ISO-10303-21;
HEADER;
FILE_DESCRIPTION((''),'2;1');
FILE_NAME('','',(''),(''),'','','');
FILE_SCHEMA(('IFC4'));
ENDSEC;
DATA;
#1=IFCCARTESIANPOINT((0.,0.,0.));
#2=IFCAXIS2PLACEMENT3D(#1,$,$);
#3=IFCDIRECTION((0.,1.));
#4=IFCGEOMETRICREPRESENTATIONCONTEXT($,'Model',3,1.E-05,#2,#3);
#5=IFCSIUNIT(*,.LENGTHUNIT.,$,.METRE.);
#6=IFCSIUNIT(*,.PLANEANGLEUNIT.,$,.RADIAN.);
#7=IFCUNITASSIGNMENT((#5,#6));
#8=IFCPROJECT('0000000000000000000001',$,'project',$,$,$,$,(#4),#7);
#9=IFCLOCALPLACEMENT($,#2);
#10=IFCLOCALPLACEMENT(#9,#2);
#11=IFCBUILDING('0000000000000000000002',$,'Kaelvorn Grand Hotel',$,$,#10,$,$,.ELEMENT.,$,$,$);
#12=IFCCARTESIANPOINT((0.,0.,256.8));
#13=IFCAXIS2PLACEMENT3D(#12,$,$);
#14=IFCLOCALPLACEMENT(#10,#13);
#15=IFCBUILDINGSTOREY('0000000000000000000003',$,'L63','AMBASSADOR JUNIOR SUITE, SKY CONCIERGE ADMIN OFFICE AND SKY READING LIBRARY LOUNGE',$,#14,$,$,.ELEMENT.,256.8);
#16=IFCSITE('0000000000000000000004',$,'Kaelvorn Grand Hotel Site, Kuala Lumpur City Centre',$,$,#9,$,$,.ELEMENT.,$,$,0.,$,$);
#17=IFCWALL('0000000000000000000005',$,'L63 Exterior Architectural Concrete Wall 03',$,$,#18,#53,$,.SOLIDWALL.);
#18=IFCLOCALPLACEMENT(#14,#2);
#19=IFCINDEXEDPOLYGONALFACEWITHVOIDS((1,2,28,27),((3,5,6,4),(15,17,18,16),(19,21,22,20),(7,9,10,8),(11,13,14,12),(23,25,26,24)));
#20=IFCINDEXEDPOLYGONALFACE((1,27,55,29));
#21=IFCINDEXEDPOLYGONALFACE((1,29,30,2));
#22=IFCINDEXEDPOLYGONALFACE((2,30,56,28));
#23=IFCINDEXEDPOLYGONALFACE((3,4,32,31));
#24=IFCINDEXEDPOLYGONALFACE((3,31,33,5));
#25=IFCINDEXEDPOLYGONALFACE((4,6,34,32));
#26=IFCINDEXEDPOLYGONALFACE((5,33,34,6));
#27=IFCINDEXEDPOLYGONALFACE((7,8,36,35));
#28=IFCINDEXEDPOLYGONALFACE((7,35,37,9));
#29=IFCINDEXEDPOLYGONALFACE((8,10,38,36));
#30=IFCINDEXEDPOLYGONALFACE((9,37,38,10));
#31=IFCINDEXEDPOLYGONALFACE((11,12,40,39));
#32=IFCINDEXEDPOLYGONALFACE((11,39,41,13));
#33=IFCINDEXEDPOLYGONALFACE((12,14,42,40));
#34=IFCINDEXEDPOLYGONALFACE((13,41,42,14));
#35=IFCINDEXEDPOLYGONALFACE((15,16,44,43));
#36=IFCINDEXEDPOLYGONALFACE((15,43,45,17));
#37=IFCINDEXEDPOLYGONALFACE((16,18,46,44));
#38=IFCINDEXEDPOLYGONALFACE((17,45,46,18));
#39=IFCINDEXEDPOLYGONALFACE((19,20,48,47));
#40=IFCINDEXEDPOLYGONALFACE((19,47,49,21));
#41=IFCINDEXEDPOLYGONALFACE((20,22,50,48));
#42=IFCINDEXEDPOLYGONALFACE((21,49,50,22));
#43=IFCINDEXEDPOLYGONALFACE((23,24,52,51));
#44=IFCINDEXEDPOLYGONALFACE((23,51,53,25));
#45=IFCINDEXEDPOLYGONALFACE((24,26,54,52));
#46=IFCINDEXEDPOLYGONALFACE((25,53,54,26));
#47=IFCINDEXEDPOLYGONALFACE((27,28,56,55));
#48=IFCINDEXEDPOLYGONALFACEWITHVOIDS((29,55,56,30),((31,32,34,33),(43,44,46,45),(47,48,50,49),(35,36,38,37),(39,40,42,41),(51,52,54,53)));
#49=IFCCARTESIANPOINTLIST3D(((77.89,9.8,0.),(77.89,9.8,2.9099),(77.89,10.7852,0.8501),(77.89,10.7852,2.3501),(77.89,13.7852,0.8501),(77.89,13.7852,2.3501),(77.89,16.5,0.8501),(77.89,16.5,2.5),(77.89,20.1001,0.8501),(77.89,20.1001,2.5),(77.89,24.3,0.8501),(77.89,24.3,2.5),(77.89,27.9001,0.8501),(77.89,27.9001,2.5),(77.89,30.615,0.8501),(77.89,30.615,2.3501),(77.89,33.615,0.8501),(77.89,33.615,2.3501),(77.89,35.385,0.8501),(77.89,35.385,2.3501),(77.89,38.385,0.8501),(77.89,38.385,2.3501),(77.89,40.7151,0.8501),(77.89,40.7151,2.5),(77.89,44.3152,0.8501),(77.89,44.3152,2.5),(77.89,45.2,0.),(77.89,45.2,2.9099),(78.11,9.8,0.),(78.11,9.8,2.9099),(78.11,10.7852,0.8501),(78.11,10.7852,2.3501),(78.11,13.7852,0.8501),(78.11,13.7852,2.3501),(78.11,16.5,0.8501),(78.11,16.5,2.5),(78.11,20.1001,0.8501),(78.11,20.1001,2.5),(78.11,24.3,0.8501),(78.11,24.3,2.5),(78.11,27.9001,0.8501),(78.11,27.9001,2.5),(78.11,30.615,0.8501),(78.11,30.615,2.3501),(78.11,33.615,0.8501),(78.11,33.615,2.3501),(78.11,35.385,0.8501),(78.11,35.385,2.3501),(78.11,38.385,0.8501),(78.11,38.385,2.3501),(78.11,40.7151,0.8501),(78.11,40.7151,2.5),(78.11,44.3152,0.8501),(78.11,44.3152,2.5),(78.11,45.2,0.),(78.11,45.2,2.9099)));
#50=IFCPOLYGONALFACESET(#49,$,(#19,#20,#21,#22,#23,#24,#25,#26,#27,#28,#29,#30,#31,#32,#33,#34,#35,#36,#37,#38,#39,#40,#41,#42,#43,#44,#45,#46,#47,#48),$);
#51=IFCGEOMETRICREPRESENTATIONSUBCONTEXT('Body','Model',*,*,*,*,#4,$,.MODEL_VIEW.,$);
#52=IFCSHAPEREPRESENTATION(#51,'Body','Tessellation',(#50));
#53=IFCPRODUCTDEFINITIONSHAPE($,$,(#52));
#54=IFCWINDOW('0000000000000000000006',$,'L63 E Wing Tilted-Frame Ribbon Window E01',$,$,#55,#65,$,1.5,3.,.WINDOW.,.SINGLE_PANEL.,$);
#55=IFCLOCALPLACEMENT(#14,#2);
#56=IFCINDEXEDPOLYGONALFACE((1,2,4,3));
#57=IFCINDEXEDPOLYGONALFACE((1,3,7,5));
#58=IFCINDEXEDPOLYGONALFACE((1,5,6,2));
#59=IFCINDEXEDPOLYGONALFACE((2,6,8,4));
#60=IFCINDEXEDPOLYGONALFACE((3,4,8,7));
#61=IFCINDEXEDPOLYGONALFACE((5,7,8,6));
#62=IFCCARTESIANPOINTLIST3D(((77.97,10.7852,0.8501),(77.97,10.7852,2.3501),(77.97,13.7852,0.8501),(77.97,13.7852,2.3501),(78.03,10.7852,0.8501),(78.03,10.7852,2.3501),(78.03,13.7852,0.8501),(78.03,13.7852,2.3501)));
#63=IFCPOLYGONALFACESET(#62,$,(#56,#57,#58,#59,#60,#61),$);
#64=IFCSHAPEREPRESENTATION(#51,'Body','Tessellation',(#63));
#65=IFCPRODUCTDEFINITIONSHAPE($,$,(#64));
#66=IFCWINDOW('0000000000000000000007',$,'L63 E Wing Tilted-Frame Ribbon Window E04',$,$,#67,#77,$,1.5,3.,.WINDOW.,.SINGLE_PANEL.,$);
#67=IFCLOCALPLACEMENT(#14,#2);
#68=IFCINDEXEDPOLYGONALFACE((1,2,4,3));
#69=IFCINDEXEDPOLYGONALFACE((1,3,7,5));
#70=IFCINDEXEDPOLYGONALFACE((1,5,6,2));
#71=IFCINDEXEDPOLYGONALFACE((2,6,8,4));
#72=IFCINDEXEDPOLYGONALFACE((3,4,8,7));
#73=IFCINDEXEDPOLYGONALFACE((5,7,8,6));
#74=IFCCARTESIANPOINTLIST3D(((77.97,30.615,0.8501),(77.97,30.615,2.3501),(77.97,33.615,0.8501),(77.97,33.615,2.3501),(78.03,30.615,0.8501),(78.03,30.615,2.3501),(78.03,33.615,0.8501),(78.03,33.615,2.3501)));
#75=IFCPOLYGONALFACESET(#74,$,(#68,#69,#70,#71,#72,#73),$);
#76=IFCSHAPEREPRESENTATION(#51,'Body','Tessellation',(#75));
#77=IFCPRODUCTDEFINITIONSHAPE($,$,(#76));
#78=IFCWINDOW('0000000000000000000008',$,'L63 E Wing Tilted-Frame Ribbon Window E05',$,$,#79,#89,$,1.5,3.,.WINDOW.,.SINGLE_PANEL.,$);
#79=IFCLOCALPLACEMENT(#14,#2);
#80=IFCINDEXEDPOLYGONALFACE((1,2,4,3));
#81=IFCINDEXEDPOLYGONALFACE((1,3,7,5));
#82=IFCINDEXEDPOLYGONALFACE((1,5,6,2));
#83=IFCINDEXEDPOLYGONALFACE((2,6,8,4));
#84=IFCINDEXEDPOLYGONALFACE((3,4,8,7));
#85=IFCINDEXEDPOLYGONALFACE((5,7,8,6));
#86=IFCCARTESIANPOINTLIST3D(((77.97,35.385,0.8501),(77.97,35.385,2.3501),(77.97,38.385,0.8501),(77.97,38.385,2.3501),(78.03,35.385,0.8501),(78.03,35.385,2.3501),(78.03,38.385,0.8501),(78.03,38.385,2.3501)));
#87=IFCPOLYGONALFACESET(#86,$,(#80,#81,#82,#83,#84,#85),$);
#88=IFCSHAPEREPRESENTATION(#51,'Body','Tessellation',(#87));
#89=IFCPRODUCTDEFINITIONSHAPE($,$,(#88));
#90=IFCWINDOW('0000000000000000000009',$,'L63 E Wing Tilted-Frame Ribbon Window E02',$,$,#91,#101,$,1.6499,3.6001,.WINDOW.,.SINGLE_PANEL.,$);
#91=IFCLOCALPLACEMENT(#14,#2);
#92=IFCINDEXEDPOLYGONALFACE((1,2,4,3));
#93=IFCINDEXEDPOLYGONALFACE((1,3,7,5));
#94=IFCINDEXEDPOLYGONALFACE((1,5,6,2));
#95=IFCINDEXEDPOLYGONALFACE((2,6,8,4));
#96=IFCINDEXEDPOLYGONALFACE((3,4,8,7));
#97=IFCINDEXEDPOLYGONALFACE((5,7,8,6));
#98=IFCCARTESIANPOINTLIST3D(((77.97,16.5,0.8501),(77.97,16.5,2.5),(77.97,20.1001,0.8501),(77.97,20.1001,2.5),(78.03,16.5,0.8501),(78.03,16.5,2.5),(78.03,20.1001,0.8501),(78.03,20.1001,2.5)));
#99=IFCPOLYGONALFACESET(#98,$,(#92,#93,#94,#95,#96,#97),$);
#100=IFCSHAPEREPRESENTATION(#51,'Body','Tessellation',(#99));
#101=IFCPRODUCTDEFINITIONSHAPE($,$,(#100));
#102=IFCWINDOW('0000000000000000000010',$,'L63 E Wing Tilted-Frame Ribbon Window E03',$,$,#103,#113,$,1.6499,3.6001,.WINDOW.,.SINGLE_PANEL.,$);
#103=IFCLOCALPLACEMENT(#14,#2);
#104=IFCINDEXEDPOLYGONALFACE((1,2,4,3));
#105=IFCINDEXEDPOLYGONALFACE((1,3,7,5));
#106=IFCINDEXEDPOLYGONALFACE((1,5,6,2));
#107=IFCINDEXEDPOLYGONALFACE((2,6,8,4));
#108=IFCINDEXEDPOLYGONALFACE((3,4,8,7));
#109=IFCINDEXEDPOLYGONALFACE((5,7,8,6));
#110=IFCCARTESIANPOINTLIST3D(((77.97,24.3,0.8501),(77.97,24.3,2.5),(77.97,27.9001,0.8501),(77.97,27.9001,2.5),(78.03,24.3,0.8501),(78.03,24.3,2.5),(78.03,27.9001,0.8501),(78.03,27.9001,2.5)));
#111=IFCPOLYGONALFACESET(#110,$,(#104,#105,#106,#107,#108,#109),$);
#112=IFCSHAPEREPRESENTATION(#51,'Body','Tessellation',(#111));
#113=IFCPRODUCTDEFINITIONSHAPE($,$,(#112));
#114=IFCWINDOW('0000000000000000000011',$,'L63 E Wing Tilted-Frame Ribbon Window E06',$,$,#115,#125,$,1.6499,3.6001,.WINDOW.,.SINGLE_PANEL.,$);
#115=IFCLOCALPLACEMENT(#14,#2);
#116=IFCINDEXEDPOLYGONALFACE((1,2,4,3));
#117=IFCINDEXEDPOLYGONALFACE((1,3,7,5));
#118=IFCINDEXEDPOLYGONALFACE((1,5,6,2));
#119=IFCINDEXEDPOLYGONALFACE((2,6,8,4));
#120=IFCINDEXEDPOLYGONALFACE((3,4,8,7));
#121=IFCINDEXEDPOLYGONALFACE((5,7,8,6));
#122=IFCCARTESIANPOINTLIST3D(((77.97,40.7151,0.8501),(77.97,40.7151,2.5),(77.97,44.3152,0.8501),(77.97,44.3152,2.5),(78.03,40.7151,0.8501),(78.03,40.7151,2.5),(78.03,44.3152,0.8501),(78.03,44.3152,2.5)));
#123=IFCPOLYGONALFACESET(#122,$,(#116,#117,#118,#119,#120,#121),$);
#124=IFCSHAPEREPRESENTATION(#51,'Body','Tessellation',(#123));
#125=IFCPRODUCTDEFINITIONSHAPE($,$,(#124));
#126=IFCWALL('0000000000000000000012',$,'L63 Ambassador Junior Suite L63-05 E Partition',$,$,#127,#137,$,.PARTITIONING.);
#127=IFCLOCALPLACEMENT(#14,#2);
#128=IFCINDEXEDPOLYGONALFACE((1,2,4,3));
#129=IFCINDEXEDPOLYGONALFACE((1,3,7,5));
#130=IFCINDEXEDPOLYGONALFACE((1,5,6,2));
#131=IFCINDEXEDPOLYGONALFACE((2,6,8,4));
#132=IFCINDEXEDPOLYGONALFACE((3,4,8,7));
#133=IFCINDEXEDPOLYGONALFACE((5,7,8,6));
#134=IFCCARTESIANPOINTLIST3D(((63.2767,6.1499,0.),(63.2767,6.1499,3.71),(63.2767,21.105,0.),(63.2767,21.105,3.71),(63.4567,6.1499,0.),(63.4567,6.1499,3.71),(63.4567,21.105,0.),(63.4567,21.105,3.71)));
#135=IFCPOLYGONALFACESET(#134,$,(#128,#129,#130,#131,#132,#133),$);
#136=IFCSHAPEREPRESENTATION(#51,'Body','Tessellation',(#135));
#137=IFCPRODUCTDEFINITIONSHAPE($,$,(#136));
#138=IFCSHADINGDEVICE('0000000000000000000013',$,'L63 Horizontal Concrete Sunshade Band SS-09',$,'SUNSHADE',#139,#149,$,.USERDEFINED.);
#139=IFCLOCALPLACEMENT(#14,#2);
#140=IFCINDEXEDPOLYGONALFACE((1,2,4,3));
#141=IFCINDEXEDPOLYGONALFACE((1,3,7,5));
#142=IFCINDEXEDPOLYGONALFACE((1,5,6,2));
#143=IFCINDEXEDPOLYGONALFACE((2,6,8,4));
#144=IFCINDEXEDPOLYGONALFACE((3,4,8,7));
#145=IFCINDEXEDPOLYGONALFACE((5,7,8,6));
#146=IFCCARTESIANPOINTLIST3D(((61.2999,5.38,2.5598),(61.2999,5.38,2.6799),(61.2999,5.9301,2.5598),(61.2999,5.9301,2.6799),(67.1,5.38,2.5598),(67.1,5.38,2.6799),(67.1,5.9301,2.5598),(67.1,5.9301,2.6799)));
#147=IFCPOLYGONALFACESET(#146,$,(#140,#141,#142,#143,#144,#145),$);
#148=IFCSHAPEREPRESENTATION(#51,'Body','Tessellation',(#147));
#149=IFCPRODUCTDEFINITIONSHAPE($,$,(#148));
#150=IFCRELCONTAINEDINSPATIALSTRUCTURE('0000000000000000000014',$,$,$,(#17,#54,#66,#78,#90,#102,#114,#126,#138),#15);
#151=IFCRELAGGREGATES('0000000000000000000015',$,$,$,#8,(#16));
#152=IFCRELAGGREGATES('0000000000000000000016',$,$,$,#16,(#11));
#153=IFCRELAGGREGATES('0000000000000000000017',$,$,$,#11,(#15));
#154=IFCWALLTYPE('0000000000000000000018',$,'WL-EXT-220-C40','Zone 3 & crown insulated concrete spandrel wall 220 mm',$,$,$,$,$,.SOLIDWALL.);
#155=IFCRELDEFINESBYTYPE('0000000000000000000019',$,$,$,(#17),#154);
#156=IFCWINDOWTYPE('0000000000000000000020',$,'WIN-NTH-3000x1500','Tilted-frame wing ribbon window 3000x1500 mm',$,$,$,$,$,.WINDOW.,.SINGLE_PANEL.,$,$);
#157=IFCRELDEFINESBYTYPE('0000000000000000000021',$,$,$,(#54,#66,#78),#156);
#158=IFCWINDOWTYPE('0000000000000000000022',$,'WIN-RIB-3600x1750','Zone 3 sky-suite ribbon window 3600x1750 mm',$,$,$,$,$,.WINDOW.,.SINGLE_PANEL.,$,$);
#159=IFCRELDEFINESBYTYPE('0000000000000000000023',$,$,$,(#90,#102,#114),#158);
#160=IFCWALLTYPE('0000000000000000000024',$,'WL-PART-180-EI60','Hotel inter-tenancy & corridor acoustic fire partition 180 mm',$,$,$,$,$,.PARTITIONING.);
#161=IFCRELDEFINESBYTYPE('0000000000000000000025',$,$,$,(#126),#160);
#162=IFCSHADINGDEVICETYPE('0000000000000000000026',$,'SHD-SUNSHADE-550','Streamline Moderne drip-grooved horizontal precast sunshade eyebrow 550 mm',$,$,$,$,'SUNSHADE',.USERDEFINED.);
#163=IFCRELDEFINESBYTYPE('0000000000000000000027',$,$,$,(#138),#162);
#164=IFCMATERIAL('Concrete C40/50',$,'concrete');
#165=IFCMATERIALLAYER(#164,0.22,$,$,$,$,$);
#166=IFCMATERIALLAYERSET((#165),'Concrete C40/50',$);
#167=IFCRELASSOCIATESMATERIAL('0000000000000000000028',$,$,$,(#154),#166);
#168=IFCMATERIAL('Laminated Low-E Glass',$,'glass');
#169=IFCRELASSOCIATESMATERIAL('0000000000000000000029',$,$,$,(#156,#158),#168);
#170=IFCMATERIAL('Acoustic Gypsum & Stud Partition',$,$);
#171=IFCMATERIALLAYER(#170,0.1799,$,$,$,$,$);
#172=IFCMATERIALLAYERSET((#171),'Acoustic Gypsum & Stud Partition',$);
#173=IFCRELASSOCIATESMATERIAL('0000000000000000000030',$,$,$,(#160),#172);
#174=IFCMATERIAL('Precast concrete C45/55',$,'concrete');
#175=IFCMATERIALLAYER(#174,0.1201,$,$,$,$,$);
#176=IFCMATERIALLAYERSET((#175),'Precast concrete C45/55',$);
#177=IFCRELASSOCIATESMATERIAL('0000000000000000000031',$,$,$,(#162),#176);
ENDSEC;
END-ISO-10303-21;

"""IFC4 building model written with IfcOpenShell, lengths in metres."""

from ifc_helpers import new_model, si_unit, direction, frame, frame_2d, origin, origin_2d, place, context, subcontext, project, spatial, rectangle, extrude, material, layer, layer_set, type_object, element, fill, save


model = new_model("IFC4")

# Units and contexts
model_context = context("Model", 3, precision=1e-05, world=origin(), true_north=direction((0.0, 1.0)))
body_context = subcontext(model_context, "Body", "Model", "MODEL_VIEW")
ifc_project = project(units=[si_unit("LENGTHUNIT", "METRE"), si_unit("PLANEANGLEUNIT", "RADIAN")], contexts=[model_context])

# Site, building, storey
site_placement = place(None, origin())
site = spatial("IfcSite", under=ifc_project, at=site_placement, Name="Kaelvorn Grand Hotel Site, Kuala Lumpur City Centre", CompositionType="ELEMENT", RefElevation=0.0)
building_placement = place(site_placement, origin())
building = spatial("IfcBuilding", under=site, at=building_placement, Name="Kaelvorn Grand Hotel", CompositionType="ELEMENT")
storey_placement = place(building_placement, frame((0.0, 0.0, 256.8)))
storey = spatial("IfcBuildingStorey", under=building, at=storey_placement, Name="L63", Description="AMBASSADOR JUNIOR SUITE, SKY CONCIERGE ADMIN OFFICE AND SKY READING LIBRARY LOUNGE", CompositionType="ELEMENT", Elevation=256.8)

# Shared definitions
ifc_material_1 = material(Name="Concrete C40/50", Category="concrete")

# Shared definitions
ifc_material_2 = material(Name="Precast concrete C45/55", Category="concrete")

# Shared definitions
ifc_layer_1 = layer(ifc_material_1, 0.22)
ifc_layer_set_1 = layer_set([ifc_layer_1], Name="Concrete C40/50")
wall_type_1 = type_object("IfcWallType", Name="WL-EXT-220-C40", Description="Zone 3 & crown insulated concrete spandrel wall 220 mm", PredefinedType="SOLIDWALL", material=ifc_layer_set_1)
ifc_material_3 = material(Name="Laminated Low-E Glass", Category="glass")

# Wall, openings, windows
wall_1_placement = place(storey_placement, frame((78.0, 9.8, 0.0), z_axis=(0.0, 0.0, 1.0), x_axis=(0.0, 1.0, 0.0)))
wall_1 = element("IfcWall", 1, at=wall_1_placement, inside=storey, type_object=wall_type_1, Name="L63 Exterior Architectural Concrete Wall 03", PredefinedType="SOLIDWALL", context=body_context, shape_type="SweptSolid", body=[
    extrude(rectangle(XDim=35.3999, YDim=0.22, at=frame_2d((17.7, 0.0))), origin(), (0.0, 0.0, 1.0), 2.9099),
])
opening_1_placement = place(wall_1_placement, frame((0.9851, 0.0, 0.8501)))
opening_1 = element("IfcOpeningElement", 2, at=opening_1_placement, cuts=wall_1, PredefinedType="OPENING", context=body_context, shape_type="SweptSolid", body=[
    extrude(rectangle(XDim=3.0, YDim=1.5, at=frame_2d((1.5, 0.75))), frame((0.0, 0.1201, 0.0), z_axis=(0.0, -1.0, 0.0), x_axis=(1.0, 0.0, 0.0)), (0.0, 0.0, 1.0), 0.24),
])
opening_2_placement = place(wall_1_placement, frame((6.7, 0.0, 0.8501)))
opening_2 = element("IfcOpeningElement", 3, at=opening_2_placement, cuts=wall_1, PredefinedType="OPENING", context=body_context, shape_type="SweptSolid", body=[
    extrude(rectangle(XDim=3.6001, YDim=1.6499, at=frame_2d((1.8, 0.825))), frame((0.0, 0.1201, 0.0), z_axis=(0.0, -1.0, 0.0), x_axis=(1.0, 0.0, 0.0)), (0.0, 0.0, 1.0), 0.24),
])
opening_3_placement = place(wall_1_placement, frame((14.5, 0.0, 0.8501)))
opening_3 = element("IfcOpeningElement", 4, at=opening_3_placement, cuts=wall_1, PredefinedType="OPENING", context=body_context, shape_type="SweptSolid", body=[
    extrude(rectangle(XDim=3.6001, YDim=1.6499, at=frame_2d((1.8, 0.825))), frame((0.0, 0.1201, 0.0), z_axis=(0.0, -1.0, 0.0), x_axis=(1.0, 0.0, 0.0)), (0.0, 0.0, 1.0), 0.24),
])
opening_4_placement = place(wall_1_placement, frame((20.8149, 0.0, 0.8501)))
opening_4 = element("IfcOpeningElement", 5, at=opening_4_placement, cuts=wall_1, PredefinedType="OPENING", context=body_context, shape_type="SweptSolid", body=[
    extrude(rectangle(XDim=3.0, YDim=1.5, at=frame_2d((1.5, 0.75))), frame((0.0, 0.1201, 0.0), z_axis=(0.0, -1.0, 0.0), x_axis=(1.0, 0.0, 0.0)), (0.0, 0.0, 1.0), 0.24),
])
opening_5_placement = place(wall_1_placement, frame((25.585, 0.0, 0.8501)))
opening_5 = element("IfcOpeningElement", 6, at=opening_5_placement, cuts=wall_1, PredefinedType="OPENING", context=body_context, shape_type="SweptSolid", body=[
    extrude(rectangle(XDim=3.0, YDim=1.5, at=frame_2d((1.5, 0.75))), frame((0.0, 0.1201, 0.0), z_axis=(0.0, -1.0, 0.0), x_axis=(1.0, 0.0, 0.0)), (0.0, 0.0, 1.0), 0.24),
])
opening_6_placement = place(wall_1_placement, frame((30.915, 0.0, 0.8501)))
opening_6 = element("IfcOpeningElement", 7, at=opening_6_placement, cuts=wall_1, PredefinedType="OPENING", context=body_context, shape_type="SweptSolid", body=[
    extrude(rectangle(XDim=3.6001, YDim=1.6499, at=frame_2d((1.8, 0.825))), frame((0.0, 0.1201, 0.0), z_axis=(0.0, -1.0, 0.0), x_axis=(1.0, 0.0, 0.0)), (0.0, 0.0, 1.0), 0.24),
])
window_type_1 = type_object("IfcWindowType", Name="WIN-NTH-3000x1500", Description="Tilted-frame wing ribbon window 3000x1500 mm", PartitioningType="SINGLE_PANEL", PredefinedType="WINDOW", material=ifc_material_3)
window_1_placement = place(opening_1_placement, origin())
window_1 = element("IfcWindow", 8, at=window_1_placement, inside=storey, type_object=window_type_1, Name="L63 E Wing Tilted-Frame Ribbon Window E01", OverallHeight=1.5, OverallWidth=3.0, PartitioningType="SINGLE_PANEL", PredefinedType="WINDOW", context=body_context, shape_type="SweptSolid", body=[
    extrude(rectangle(XDim=3.0, YDim=1.5, at=frame_2d((1.5, 0.75))), frame((0.0, 0.03, 0.0), z_axis=(0.0, -1.0, 0.0), x_axis=(1.0, 0.0, 0.0)), (0.0, 0.0, 1.0), 0.0601),
])
fill(opening_1, window_1)
window_2_placement = place(opening_4_placement, origin())
window_2 = element("IfcWindow", 9, at=window_2_placement, inside=storey, type_object=window_type_1, Name="L63 E Wing Tilted-Frame Ribbon Window E04", OverallHeight=1.5, OverallWidth=3.0, PartitioningType="SINGLE_PANEL", PredefinedType="WINDOW", context=body_context, shape_type="SweptSolid", body=[
    extrude(rectangle(XDim=3.0, YDim=1.5, at=frame_2d((1.5, 0.75))), frame((0.0, 0.03, 0.0), z_axis=(0.0, -1.0, 0.0), x_axis=(1.0, 0.0, 0.0)), (0.0, 0.0, 1.0), 0.0601),
])
fill(opening_4, window_2)
window_3_placement = place(opening_5_placement, origin())
window_3 = element("IfcWindow", 10, at=window_3_placement, inside=storey, type_object=window_type_1, Name="L63 E Wing Tilted-Frame Ribbon Window E05", OverallHeight=1.5, OverallWidth=3.0, PartitioningType="SINGLE_PANEL", PredefinedType="WINDOW", context=body_context, shape_type="SweptSolid", body=[
    extrude(rectangle(XDim=3.0, YDim=1.5, at=frame_2d((1.5, 0.75))), frame((0.0, 0.03, 0.0), z_axis=(0.0, -1.0, 0.0), x_axis=(1.0, 0.0, 0.0)), (0.0, 0.0, 1.0), 0.0601),
])
fill(opening_5, window_3)
window_type_2 = type_object("IfcWindowType", Name="WIN-RIB-3600x1750", Description="Zone 3 sky-suite ribbon window 3600x1750 mm", PartitioningType="SINGLE_PANEL", PredefinedType="WINDOW", material=ifc_material_3)
window_4_placement = place(opening_2_placement, origin())
window_4 = element("IfcWindow", 11, at=window_4_placement, inside=storey, type_object=window_type_2, Name="L63 E Wing Tilted-Frame Ribbon Window E02", OverallHeight=1.6499, OverallWidth=3.6001, PartitioningType="SINGLE_PANEL", PredefinedType="WINDOW", context=body_context, shape_type="SweptSolid", body=[
    extrude(rectangle(XDim=3.6001, YDim=1.6499, at=frame_2d((1.8, 0.825))), frame((0.0, 0.03, 0.0), z_axis=(0.0, -1.0, 0.0), x_axis=(1.0, 0.0, 0.0)), (0.0, 0.0, 1.0), 0.0601),
])
fill(opening_2, window_4)
window_5_placement = place(opening_3_placement, origin())
window_5 = element("IfcWindow", 12, at=window_5_placement, inside=storey, type_object=window_type_2, Name="L63 E Wing Tilted-Frame Ribbon Window E03", OverallHeight=1.6499, OverallWidth=3.6001, PartitioningType="SINGLE_PANEL", PredefinedType="WINDOW", context=body_context, shape_type="SweptSolid", body=[
    extrude(rectangle(XDim=3.6001, YDim=1.6499, at=frame_2d((1.8, 0.825))), frame((0.0, 0.03, 0.0), z_axis=(0.0, -1.0, 0.0), x_axis=(1.0, 0.0, 0.0)), (0.0, 0.0, 1.0), 0.0601),
])
fill(opening_3, window_5)
window_6_placement = place(opening_6_placement, origin())
window_6 = element("IfcWindow", 13, at=window_6_placement, inside=storey, type_object=window_type_2, Name="L63 E Wing Tilted-Frame Ribbon Window E06", OverallHeight=1.6499, OverallWidth=3.6001, PartitioningType="SINGLE_PANEL", PredefinedType="WINDOW", context=body_context, shape_type="SweptSolid", body=[
    extrude(rectangle(XDim=3.6001, YDim=1.6499, at=frame_2d((1.8, 0.825))), frame((0.0, 0.03, 0.0), z_axis=(0.0, -1.0, 0.0), x_axis=(1.0, 0.0, 0.0)), (0.0, 0.0, 1.0), 0.0601),
])
fill(opening_6, window_6)

# Wall
ifc_material_4 = material(Name="Acoustic Gypsum & Stud Partition")
ifc_layer_2 = layer(ifc_material_4, 0.1799)
ifc_layer_set_2 = layer_set([ifc_layer_2], Name="Acoustic Gypsum & Stud Partition")
wall_type_2 = type_object("IfcWallType", Name="WL-PART-180-EI60", Description="Hotel inter-tenancy & corridor acoustic fire partition 180 mm", PredefinedType="PARTITIONING", material=ifc_layer_set_2)
wall_2_placement = place(storey_placement, frame((63.3667, 6.1499, 0.0), z_axis=(0.0, 0.0, 1.0), x_axis=(0.0, 1.0, 0.0)))
element("IfcWall", 14, at=wall_2_placement, inside=storey, type_object=wall_type_2, Name="L63 Ambassador Junior Suite L63-05 E Partition", PredefinedType="PARTITIONING", context=body_context, shape_type="SweptSolid", body=[
    extrude(rectangle(XDim=14.9551, YDim=0.1799, at=frame_2d((7.4775, 0.0))), origin(), (0.0, 0.0, 1.0), 3.71),
])

# Shading device
ifc_layer_3 = layer(ifc_material_2, 0.1201)
ifc_layer_set_3 = layer_set([ifc_layer_3], Name="Precast concrete C45/55")
shading_device_type = type_object("IfcShadingDeviceType", Name="SHD-SUNSHADE-550", Description="Streamline Moderne drip-grooved horizontal precast sunshade eyebrow 550 mm", ElementType="SUNSHADE", PredefinedType="USERDEFINED", material=ifc_layer_set_3)
shading_device_placement = place(storey_placement, frame((64.2, 5.655, 2.5598), z_axis=(0.0, 0.0, 1.0), x_axis=(1.0, 0.0, 0.0)))
element("IfcShadingDevice", 15, at=shading_device_placement, inside=storey, type_object=shading_device_type, Name="L63 Horizontal Concrete Sunshade Band SS-09", ObjectType="SUNSHADE", PredefinedType="USERDEFINED", context=body_context, shape_type="SweptSolid", body=[
    extrude(rectangle(XDim=5.8, YDim=0.55, at=origin_2d()), origin(), (0.0, 0.0, 1.0), 0.1201),
])

save(model, "model.ifc")
